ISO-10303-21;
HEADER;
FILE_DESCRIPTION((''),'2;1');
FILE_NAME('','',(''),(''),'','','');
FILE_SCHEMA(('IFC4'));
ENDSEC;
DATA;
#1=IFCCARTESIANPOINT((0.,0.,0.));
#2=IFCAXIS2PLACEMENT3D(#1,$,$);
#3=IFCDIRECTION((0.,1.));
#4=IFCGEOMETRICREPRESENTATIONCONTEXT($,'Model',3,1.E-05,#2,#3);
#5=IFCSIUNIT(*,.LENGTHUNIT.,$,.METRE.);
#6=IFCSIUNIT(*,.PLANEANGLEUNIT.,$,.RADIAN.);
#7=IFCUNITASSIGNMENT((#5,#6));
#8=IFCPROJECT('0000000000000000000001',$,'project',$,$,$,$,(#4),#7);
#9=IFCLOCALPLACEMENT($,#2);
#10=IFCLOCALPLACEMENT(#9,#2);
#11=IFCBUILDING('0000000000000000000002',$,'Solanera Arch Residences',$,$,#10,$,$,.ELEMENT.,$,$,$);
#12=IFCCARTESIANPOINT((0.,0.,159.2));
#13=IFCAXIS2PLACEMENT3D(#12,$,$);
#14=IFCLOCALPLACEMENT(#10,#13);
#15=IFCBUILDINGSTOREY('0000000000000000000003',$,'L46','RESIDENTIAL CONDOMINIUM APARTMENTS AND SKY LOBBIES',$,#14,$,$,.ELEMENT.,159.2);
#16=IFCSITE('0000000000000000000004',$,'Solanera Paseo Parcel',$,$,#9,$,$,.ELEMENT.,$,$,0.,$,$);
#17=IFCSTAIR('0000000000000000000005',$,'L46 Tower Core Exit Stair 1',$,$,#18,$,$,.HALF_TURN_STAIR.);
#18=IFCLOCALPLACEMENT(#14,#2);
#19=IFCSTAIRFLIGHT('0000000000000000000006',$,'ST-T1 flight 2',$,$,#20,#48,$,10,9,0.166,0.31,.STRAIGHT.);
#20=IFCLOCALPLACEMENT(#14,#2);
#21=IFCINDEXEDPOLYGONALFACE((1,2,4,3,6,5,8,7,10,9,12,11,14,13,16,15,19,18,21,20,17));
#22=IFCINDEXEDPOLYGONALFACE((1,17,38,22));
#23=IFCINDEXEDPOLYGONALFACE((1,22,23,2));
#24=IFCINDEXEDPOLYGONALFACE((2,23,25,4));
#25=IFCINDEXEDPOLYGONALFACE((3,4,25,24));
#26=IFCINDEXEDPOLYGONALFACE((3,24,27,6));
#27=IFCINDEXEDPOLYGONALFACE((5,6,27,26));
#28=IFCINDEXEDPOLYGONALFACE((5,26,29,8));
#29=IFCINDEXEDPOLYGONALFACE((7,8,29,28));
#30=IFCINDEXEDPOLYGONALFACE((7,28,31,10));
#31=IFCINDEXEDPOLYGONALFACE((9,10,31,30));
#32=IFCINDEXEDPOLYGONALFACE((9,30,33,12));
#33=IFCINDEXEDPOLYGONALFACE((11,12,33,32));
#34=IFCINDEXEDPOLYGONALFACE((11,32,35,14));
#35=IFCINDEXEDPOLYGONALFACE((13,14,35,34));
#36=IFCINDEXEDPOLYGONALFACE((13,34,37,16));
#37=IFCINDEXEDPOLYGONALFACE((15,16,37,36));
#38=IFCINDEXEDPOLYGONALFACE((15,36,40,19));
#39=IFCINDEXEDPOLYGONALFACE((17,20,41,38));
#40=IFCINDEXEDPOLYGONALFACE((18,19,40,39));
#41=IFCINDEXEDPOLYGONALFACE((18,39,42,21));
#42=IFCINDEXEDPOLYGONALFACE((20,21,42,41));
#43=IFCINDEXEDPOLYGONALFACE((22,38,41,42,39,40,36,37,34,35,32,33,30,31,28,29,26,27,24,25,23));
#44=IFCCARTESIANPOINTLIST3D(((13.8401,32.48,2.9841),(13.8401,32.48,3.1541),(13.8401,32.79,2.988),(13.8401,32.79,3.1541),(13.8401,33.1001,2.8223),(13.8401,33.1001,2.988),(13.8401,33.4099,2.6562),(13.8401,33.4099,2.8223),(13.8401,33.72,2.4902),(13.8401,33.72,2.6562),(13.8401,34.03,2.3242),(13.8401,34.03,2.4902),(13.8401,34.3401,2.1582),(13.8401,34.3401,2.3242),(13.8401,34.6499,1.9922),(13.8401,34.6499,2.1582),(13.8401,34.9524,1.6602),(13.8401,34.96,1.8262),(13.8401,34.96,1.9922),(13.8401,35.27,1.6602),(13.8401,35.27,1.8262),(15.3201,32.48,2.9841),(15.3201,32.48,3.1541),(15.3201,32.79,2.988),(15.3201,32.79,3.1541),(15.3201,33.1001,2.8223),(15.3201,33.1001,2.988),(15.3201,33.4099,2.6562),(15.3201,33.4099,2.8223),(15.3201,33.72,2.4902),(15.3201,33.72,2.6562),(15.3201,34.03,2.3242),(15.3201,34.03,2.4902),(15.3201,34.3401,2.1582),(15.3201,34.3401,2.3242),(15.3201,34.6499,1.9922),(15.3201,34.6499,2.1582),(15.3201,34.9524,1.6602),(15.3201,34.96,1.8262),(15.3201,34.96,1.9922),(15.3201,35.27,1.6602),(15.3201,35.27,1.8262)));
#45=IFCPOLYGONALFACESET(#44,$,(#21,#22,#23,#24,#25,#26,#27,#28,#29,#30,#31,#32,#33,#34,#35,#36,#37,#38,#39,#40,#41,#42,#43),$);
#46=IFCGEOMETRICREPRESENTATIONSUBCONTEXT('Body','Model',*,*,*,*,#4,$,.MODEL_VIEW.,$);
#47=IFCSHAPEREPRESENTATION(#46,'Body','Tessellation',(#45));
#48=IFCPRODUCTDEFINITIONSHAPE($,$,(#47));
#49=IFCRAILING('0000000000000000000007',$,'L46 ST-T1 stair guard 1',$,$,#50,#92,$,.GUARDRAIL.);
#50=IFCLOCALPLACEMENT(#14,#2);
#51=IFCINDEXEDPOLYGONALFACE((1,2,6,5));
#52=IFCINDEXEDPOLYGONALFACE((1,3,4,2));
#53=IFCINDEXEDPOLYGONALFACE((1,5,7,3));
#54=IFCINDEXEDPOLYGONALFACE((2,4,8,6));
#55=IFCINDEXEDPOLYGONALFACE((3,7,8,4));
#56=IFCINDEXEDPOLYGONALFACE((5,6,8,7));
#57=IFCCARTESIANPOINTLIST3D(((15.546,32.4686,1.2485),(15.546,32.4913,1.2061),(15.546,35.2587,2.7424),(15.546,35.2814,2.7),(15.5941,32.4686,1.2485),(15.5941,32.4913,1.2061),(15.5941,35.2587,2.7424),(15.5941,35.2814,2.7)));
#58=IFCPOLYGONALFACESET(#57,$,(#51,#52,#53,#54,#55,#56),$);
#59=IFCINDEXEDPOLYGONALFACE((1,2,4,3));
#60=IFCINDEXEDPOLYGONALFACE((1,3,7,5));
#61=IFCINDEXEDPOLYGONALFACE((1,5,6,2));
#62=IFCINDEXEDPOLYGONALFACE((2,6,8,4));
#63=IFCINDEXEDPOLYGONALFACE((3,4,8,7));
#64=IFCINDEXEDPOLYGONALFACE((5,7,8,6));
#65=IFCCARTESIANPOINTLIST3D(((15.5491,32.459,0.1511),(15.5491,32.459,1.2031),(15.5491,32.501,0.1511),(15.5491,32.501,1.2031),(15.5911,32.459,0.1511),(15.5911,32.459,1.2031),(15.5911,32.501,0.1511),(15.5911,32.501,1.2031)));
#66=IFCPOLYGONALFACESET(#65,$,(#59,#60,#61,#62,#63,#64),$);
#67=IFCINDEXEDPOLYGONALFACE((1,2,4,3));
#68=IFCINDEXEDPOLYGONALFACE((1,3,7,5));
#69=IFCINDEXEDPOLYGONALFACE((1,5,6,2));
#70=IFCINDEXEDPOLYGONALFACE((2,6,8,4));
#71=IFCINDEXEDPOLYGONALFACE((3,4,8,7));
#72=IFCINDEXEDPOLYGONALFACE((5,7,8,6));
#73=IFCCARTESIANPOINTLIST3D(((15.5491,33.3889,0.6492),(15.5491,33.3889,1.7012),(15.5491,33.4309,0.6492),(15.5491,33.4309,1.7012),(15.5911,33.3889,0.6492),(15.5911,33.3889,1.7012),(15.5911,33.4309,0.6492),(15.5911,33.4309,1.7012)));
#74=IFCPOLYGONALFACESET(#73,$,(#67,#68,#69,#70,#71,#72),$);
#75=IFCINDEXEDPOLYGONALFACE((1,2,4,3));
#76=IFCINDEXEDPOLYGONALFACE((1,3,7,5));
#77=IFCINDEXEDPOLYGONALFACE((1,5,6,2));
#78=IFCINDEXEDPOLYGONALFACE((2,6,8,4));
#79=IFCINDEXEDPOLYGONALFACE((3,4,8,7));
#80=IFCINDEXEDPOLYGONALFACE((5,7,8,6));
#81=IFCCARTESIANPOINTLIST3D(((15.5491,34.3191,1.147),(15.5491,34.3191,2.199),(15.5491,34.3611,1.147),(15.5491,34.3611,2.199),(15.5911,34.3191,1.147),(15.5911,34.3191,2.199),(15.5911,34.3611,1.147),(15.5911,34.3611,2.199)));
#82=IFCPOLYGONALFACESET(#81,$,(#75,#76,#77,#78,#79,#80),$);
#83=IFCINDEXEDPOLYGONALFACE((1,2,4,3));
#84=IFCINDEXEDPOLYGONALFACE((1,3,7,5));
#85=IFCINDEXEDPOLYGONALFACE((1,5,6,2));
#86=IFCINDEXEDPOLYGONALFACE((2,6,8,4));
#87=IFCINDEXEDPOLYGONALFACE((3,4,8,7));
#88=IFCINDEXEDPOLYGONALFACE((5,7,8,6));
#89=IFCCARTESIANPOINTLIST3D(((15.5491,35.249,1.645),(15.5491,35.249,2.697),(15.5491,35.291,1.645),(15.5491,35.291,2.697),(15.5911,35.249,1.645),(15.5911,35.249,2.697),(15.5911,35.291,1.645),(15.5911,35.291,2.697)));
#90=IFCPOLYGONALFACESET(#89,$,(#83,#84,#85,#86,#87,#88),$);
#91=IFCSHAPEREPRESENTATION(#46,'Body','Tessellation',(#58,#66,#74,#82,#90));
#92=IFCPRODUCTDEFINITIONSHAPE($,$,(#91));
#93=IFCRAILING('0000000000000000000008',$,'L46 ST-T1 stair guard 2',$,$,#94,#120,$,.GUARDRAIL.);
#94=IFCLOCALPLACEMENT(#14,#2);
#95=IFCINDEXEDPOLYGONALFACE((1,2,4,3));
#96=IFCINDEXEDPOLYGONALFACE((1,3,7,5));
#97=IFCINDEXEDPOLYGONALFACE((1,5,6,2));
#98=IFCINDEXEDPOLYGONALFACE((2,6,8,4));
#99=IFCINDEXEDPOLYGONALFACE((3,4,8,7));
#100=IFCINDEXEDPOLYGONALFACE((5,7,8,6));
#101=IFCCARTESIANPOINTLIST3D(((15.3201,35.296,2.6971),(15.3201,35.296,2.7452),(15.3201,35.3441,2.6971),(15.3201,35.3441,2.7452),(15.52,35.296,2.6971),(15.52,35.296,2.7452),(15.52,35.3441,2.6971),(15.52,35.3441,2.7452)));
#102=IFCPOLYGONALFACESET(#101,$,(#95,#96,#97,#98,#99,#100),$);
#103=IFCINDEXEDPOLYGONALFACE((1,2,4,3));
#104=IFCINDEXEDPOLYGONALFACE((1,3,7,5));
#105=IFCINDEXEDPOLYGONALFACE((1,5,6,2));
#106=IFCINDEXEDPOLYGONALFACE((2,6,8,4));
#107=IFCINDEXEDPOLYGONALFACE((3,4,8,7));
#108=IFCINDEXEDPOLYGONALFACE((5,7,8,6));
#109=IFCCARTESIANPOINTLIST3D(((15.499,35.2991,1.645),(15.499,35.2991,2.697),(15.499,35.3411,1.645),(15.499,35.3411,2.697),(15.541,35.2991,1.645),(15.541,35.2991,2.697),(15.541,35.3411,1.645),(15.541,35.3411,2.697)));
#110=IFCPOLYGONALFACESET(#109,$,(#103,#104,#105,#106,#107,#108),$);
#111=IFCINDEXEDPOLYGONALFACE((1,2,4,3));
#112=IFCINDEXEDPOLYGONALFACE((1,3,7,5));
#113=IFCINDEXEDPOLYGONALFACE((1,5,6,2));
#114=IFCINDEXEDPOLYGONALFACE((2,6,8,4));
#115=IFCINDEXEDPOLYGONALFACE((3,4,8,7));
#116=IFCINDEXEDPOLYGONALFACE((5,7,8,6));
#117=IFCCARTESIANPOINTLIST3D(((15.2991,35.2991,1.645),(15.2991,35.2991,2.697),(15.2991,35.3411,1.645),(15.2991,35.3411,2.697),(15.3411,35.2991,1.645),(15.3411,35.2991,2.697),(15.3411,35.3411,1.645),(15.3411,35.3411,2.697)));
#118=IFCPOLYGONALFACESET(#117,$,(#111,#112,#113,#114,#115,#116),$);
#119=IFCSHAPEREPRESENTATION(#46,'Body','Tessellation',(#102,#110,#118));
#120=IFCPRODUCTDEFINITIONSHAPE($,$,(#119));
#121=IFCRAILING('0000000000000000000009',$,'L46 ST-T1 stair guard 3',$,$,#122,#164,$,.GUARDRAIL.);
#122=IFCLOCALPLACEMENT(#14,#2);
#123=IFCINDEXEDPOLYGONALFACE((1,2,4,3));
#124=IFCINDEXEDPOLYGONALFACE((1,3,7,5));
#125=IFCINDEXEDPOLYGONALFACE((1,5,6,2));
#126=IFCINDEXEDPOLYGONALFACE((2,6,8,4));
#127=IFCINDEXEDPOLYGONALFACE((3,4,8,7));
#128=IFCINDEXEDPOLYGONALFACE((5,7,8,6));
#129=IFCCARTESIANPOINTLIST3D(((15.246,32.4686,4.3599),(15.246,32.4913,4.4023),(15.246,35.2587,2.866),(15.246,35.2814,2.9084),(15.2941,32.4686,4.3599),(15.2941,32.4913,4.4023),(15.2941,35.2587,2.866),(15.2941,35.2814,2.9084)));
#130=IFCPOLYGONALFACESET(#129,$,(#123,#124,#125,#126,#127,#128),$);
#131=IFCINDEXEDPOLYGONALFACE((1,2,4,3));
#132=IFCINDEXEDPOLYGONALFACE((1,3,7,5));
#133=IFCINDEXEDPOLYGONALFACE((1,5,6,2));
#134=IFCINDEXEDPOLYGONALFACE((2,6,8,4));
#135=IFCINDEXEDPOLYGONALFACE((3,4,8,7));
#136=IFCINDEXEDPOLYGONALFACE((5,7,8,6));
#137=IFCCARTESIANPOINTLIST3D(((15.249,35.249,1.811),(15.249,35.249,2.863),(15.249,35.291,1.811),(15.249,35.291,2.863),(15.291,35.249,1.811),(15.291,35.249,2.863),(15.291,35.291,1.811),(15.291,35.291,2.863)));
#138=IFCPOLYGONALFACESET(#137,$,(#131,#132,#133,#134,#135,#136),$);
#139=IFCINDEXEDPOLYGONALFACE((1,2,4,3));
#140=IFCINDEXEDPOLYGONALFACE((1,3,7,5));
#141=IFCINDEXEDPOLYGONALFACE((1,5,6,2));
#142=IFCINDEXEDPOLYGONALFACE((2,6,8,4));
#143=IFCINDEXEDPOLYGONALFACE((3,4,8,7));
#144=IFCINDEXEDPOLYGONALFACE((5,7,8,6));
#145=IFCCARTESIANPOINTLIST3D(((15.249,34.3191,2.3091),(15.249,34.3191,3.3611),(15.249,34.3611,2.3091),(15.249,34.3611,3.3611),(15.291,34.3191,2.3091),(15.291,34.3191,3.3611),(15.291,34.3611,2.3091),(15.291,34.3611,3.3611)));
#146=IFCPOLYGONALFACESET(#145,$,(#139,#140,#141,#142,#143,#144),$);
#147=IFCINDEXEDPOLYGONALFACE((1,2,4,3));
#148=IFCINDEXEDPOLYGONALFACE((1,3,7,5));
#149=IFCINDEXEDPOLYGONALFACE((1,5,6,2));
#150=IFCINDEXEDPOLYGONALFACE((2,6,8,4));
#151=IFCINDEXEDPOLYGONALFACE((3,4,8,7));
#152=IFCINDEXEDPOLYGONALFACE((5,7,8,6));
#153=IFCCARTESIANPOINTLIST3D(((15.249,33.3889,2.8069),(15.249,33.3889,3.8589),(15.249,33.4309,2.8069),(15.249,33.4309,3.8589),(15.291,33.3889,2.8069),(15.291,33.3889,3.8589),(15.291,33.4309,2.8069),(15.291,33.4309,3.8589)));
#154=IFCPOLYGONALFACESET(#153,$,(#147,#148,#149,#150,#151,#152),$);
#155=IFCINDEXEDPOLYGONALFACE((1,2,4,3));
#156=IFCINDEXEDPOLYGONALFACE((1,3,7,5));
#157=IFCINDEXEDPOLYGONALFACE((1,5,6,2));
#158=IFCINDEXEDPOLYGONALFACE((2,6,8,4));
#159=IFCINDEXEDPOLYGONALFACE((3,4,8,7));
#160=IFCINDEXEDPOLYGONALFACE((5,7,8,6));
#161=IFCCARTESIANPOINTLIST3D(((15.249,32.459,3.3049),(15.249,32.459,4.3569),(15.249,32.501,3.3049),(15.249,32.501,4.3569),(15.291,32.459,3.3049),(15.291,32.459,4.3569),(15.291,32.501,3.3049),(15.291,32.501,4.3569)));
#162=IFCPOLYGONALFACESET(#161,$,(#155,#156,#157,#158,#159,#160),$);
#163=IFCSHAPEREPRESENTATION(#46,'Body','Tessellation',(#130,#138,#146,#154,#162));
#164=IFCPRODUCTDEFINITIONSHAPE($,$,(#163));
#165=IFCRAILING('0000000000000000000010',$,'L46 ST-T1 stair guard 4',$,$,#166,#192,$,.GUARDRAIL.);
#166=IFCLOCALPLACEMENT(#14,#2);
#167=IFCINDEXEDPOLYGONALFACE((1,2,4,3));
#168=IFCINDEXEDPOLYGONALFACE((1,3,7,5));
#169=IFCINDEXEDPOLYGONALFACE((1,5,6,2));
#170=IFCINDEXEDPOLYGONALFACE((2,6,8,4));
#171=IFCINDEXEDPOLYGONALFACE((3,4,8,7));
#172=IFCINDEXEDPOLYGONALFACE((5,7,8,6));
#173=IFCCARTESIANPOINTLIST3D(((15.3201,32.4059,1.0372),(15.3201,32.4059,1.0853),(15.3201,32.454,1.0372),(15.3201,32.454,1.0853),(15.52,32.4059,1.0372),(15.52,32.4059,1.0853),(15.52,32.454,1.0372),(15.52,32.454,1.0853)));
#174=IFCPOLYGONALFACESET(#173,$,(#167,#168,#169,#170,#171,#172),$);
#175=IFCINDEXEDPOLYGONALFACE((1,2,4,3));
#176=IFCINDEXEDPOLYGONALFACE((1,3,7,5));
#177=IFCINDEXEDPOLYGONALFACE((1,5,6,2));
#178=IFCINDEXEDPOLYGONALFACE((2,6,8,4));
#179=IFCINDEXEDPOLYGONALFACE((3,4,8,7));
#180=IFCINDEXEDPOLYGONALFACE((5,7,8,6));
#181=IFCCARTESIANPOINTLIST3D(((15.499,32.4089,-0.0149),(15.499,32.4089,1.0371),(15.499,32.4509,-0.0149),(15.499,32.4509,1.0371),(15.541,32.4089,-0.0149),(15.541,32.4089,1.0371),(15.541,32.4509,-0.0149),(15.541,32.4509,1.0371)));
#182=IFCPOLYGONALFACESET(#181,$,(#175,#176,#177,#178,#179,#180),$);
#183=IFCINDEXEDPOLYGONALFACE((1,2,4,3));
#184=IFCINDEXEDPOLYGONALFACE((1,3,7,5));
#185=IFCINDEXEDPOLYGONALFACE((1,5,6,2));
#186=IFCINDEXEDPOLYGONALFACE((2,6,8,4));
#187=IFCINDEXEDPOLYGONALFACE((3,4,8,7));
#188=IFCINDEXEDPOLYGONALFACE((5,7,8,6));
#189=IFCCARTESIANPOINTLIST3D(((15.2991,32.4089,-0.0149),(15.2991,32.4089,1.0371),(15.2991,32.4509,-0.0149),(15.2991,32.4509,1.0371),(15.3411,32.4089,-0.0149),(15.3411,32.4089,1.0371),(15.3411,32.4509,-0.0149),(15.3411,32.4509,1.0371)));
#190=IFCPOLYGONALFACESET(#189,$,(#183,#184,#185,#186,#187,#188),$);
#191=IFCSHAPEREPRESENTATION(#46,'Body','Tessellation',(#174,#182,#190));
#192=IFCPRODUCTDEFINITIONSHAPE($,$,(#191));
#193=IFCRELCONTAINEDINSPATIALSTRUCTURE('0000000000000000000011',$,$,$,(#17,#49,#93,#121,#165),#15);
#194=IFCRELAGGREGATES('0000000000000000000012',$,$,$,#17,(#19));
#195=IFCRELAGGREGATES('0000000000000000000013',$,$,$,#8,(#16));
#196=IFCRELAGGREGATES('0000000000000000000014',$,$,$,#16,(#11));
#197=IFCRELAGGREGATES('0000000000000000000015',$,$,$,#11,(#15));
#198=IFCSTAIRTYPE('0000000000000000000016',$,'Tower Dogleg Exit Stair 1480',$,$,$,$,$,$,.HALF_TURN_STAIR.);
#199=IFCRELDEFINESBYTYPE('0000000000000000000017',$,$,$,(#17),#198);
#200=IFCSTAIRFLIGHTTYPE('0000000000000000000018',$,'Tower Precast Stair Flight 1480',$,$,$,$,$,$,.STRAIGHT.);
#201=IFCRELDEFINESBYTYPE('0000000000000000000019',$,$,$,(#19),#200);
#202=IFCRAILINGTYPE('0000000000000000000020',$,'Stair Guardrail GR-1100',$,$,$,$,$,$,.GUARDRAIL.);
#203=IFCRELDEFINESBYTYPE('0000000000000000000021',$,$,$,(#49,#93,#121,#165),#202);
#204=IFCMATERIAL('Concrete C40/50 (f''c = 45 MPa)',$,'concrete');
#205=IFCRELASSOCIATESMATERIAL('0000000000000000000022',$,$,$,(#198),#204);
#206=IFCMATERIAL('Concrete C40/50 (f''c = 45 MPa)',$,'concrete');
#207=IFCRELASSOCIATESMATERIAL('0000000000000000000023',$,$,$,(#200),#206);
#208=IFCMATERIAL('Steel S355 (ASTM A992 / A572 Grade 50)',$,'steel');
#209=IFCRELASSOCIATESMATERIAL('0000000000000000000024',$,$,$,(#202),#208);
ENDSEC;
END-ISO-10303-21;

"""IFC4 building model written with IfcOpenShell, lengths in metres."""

from ifc_helpers import new_model, si_unit, direction, frame, origin, origin_2d, place, context, subcontext, project, spatial, polyline, rectangle, outline, extrude, material, type_object, element, aggregate, save


model = new_model("IFC4")

# Units and contexts
model_context = context("Model", 3, precision=1e-05, world=origin(), true_north=direction((0.0, 1.0)))
body_context = subcontext(model_context, "Body", "Model", "MODEL_VIEW")
ifc_project = project(units=[si_unit("LENGTHUNIT", "METRE"), si_unit("PLANEANGLEUNIT", "RADIAN")], contexts=[model_context])

# Site, building, storey
site_placement = place(None, origin())
site = spatial("IfcSite", under=ifc_project, at=site_placement, Name="Solanera Paseo Parcel", CompositionType="ELEMENT", RefElevation=0.0)
building_placement = place(site_placement, origin())
building = spatial("IfcBuilding", under=site, at=building_placement, Name="Solanera Arch Residences", CompositionType="ELEMENT")
storey_placement = place(building_placement, frame((0.0, 0.0, 159.2)))
storey = spatial("IfcBuildingStorey", under=building, at=storey_placement, Name="L46", Description="RESIDENTIAL CONDOMINIUM APARTMENTS AND SKY LOBBIES", CompositionType="ELEMENT", Elevation=159.2)

# Stair, stair flight
ifc_material_1 = material(Name="Concrete C40/50 (f'c = 45 MPa)", Category="concrete")
stair_type = type_object("IfcStairType", Name="Tower Dogleg Exit Stair 1480", PredefinedType="HALF_TURN_STAIR", material=ifc_material_1)
stair_placement = place(storey_placement, origin())
stair = element("IfcStair", 1, at=stair_placement, inside=storey, type_object=stair_type, Name="L46 Tower Core Exit Stair 1", PredefinedType="HALF_TURN_STAIR")
ifc_material_2 = material(Name="Concrete C40/50 (f'c = 45 MPa)", Category="concrete")
stair_flight_type = type_object("IfcStairFlightType", Name="Tower Precast Stair Flight 1480", PredefinedType="STRAIGHT", material=ifc_material_2)
stair_flight_1_placement = place(storey_placement, frame((14.5801, 35.27, 1.6602), z_axis=(0.0, 0.0, 1.0), x_axis=(0.0, -1.0, 0.0)))
stair_flight_1 = element("IfcStairFlight", 2, at=stair_flight_1_placement, type_object=stair_flight_type, Name="ST-T1 flight 2", NumberOfRisers=10, NumberOfTreads=9, PredefinedType="STRAIGHT", RiserHeight=0.166, TreadLength=0.31, context=body_context, shape_type="SweptSolid", body=[
    extrude(outline(polyline([(0.0, 0.0), (0.0, 0.166), (0.3101, 0.166), (0.3101, 0.332), (0.6201, 0.332), (0.6201, 0.498), (0.9299, 0.498), (0.9299, 0.6641), (1.24, 0.6641), (1.24, 0.8301), (1.55, 0.8301), (1.55, 0.9961), (1.8601, 0.9961), (1.8601, 1.1621), (2.1699, 1.1621), (2.1699, 1.3279), (2.48, 1.3279), (2.48, 1.4939), (2.79, 1.4939), (2.79, 1.6599), (2.79, 1.324), (0.3176, 0.0), (0.0, 0.0)])), frame((0.0, 0.74, 0.0), z_axis=(0.0, -1.0, 0.0), x_axis=(1.0, 0.0, 0.0)), (0.0, 0.0, 1.0), 1.48),
])
aggregate(stair, [stair_flight_1])

# Railings
ifc_material_3 = material(Name="Steel S355 (ASTM A992 / A572 Grade 50)", Category="steel")
railing_type_1 = type_object("IfcRailingType", Name="Stair Guardrail GR-1100", PredefinedType="GUARDRAIL", material=ifc_material_3)
railing_1_placement = place(storey_placement, frame((15.5701, 32.48, 0.1511)))
element("IfcRailing", 3, at=railing_1_placement, inside=storey, type_object=railing_type_1, Name="L46 ST-T1 stair guard 1", PredefinedType="GUARDRAIL", context=body_context, shape_type="SweptSolid", body=[
    extrude(rectangle(XDim=0.0481, YDim=0.0481, at=origin_2d()), frame((0.0, 0.0, 1.0762), z_axis=(0.0, 0.881581, 0.472033), x_axis=(-1.0, 0.0, 0.0)), (0.0, 0.0, 1.0), 3.1648),
    extrude(rectangle(XDim=0.042, YDim=0.042, at=origin_2d()), origin(), (0.0, 0.0, 1.0), 1.052),
    extrude(rectangle(XDim=0.042, YDim=0.042, at=origin_2d()), frame((0.0, 0.9299, 0.498)), (0.0, 0.0, 1.0), 1.052),
    extrude(rectangle(XDim=0.042, YDim=0.042, at=origin_2d()), frame((0.0, 1.8601, 0.9958)), (0.0, 0.0, 1.0), 1.052),
    extrude(rectangle(XDim=0.042, YDim=0.042, at=origin_2d()), frame((0.0, 2.79, 1.4939)), (0.0, 0.0, 1.0), 1.052),
])
railing_2_placement = place(storey_placement, frame((15.52, 35.3201, 1.645)))
element("IfcRailing", 4, at=railing_2_placement, inside=storey, type_object=railing_type_1, Name="L46 ST-T1 stair guard 2", PredefinedType="GUARDRAIL", context=body_context, shape_type="SweptSolid", body=[
    extrude(rectangle(XDim=0.0481, YDim=0.0481, at=origin_2d()), frame((0.0, 0.0, 1.0762), z_axis=(-1.0, 0.0, 0.0), x_axis=(0.0, -1.0, 0.0)), (0.0, 0.0, 1.0), 0.2),
    extrude(rectangle(XDim=0.042, YDim=0.042, at=origin_2d()), origin(), (0.0, 0.0, 1.0), 1.052),
    extrude(rectangle(XDim=0.042, YDim=0.042, at=origin_2d()), frame((-0.2, 0.0, 0.0)), (0.0, 0.0, 1.0), 1.052),
])
railing_3_placement = place(storey_placement, frame((15.27, 35.27, 1.811)))
element("IfcRailing", 5, at=railing_3_placement, inside=storey, type_object=railing_type_1, Name="L46 ST-T1 stair guard 3", PredefinedType="GUARDRAIL", context=body_context, shape_type="SweptSolid", body=[
    extrude(rectangle(XDim=0.0481, YDim=0.0481, at=origin_2d()), frame((0.0, 0.0, 1.0762), z_axis=(0.0, -0.881581, 0.472033), x_axis=(1.0, 0.0, 0.0)), (0.0, 0.0, 1.0), 3.1648),
    extrude(rectangle(XDim=0.042, YDim=0.042, at=origin_2d()), origin(), (0.0, 0.0, 1.0), 1.052),
    extrude(rectangle(XDim=0.042, YDim=0.042, at=origin_2d()), frame((0.0, -0.9299, 0.498)), (0.0, 0.0, 1.0), 1.052),
    extrude(rectangle(XDim=0.042, YDim=0.042, at=origin_2d()), frame((0.0, -1.8601, 0.9958)), (0.0, 0.0, 1.0), 1.052),
    extrude(rectangle(XDim=0.042, YDim=0.042, at=origin_2d()), frame((0.0, -2.79, 1.4939)), (0.0, 0.0, 1.0), 1.052),
])
railing_4_placement = place(storey_placement, frame((15.52, 32.4299, -0.0149)))
element("IfcRailing", 6, at=railing_4_placement, inside=storey, type_object=railing_type_1, Name="L46 ST-T1 stair guard 4", PredefinedType="GUARDRAIL", context=body_context, shape_type="SweptSolid", body=[
    extrude(rectangle(XDim=0.0481, YDim=0.0481, at=origin_2d()), frame((0.0, 0.0, 1.0762), z_axis=(-1.0, 0.0, 0.0), x_axis=(0.0, -1.0, 0.0)), (0.0, 0.0, 1.0), 0.2),
    extrude(rectangle(XDim=0.042, YDim=0.042, at=origin_2d()), origin(), (0.0, 0.0, 1.0), 1.052),
    extrude(rectangle(XDim=0.042, YDim=0.042, at=origin_2d()), frame((-0.2, 0.0, 0.0)), (0.0, 0.0, 1.0), 1.052),
])

save(model, "model.ifc")
